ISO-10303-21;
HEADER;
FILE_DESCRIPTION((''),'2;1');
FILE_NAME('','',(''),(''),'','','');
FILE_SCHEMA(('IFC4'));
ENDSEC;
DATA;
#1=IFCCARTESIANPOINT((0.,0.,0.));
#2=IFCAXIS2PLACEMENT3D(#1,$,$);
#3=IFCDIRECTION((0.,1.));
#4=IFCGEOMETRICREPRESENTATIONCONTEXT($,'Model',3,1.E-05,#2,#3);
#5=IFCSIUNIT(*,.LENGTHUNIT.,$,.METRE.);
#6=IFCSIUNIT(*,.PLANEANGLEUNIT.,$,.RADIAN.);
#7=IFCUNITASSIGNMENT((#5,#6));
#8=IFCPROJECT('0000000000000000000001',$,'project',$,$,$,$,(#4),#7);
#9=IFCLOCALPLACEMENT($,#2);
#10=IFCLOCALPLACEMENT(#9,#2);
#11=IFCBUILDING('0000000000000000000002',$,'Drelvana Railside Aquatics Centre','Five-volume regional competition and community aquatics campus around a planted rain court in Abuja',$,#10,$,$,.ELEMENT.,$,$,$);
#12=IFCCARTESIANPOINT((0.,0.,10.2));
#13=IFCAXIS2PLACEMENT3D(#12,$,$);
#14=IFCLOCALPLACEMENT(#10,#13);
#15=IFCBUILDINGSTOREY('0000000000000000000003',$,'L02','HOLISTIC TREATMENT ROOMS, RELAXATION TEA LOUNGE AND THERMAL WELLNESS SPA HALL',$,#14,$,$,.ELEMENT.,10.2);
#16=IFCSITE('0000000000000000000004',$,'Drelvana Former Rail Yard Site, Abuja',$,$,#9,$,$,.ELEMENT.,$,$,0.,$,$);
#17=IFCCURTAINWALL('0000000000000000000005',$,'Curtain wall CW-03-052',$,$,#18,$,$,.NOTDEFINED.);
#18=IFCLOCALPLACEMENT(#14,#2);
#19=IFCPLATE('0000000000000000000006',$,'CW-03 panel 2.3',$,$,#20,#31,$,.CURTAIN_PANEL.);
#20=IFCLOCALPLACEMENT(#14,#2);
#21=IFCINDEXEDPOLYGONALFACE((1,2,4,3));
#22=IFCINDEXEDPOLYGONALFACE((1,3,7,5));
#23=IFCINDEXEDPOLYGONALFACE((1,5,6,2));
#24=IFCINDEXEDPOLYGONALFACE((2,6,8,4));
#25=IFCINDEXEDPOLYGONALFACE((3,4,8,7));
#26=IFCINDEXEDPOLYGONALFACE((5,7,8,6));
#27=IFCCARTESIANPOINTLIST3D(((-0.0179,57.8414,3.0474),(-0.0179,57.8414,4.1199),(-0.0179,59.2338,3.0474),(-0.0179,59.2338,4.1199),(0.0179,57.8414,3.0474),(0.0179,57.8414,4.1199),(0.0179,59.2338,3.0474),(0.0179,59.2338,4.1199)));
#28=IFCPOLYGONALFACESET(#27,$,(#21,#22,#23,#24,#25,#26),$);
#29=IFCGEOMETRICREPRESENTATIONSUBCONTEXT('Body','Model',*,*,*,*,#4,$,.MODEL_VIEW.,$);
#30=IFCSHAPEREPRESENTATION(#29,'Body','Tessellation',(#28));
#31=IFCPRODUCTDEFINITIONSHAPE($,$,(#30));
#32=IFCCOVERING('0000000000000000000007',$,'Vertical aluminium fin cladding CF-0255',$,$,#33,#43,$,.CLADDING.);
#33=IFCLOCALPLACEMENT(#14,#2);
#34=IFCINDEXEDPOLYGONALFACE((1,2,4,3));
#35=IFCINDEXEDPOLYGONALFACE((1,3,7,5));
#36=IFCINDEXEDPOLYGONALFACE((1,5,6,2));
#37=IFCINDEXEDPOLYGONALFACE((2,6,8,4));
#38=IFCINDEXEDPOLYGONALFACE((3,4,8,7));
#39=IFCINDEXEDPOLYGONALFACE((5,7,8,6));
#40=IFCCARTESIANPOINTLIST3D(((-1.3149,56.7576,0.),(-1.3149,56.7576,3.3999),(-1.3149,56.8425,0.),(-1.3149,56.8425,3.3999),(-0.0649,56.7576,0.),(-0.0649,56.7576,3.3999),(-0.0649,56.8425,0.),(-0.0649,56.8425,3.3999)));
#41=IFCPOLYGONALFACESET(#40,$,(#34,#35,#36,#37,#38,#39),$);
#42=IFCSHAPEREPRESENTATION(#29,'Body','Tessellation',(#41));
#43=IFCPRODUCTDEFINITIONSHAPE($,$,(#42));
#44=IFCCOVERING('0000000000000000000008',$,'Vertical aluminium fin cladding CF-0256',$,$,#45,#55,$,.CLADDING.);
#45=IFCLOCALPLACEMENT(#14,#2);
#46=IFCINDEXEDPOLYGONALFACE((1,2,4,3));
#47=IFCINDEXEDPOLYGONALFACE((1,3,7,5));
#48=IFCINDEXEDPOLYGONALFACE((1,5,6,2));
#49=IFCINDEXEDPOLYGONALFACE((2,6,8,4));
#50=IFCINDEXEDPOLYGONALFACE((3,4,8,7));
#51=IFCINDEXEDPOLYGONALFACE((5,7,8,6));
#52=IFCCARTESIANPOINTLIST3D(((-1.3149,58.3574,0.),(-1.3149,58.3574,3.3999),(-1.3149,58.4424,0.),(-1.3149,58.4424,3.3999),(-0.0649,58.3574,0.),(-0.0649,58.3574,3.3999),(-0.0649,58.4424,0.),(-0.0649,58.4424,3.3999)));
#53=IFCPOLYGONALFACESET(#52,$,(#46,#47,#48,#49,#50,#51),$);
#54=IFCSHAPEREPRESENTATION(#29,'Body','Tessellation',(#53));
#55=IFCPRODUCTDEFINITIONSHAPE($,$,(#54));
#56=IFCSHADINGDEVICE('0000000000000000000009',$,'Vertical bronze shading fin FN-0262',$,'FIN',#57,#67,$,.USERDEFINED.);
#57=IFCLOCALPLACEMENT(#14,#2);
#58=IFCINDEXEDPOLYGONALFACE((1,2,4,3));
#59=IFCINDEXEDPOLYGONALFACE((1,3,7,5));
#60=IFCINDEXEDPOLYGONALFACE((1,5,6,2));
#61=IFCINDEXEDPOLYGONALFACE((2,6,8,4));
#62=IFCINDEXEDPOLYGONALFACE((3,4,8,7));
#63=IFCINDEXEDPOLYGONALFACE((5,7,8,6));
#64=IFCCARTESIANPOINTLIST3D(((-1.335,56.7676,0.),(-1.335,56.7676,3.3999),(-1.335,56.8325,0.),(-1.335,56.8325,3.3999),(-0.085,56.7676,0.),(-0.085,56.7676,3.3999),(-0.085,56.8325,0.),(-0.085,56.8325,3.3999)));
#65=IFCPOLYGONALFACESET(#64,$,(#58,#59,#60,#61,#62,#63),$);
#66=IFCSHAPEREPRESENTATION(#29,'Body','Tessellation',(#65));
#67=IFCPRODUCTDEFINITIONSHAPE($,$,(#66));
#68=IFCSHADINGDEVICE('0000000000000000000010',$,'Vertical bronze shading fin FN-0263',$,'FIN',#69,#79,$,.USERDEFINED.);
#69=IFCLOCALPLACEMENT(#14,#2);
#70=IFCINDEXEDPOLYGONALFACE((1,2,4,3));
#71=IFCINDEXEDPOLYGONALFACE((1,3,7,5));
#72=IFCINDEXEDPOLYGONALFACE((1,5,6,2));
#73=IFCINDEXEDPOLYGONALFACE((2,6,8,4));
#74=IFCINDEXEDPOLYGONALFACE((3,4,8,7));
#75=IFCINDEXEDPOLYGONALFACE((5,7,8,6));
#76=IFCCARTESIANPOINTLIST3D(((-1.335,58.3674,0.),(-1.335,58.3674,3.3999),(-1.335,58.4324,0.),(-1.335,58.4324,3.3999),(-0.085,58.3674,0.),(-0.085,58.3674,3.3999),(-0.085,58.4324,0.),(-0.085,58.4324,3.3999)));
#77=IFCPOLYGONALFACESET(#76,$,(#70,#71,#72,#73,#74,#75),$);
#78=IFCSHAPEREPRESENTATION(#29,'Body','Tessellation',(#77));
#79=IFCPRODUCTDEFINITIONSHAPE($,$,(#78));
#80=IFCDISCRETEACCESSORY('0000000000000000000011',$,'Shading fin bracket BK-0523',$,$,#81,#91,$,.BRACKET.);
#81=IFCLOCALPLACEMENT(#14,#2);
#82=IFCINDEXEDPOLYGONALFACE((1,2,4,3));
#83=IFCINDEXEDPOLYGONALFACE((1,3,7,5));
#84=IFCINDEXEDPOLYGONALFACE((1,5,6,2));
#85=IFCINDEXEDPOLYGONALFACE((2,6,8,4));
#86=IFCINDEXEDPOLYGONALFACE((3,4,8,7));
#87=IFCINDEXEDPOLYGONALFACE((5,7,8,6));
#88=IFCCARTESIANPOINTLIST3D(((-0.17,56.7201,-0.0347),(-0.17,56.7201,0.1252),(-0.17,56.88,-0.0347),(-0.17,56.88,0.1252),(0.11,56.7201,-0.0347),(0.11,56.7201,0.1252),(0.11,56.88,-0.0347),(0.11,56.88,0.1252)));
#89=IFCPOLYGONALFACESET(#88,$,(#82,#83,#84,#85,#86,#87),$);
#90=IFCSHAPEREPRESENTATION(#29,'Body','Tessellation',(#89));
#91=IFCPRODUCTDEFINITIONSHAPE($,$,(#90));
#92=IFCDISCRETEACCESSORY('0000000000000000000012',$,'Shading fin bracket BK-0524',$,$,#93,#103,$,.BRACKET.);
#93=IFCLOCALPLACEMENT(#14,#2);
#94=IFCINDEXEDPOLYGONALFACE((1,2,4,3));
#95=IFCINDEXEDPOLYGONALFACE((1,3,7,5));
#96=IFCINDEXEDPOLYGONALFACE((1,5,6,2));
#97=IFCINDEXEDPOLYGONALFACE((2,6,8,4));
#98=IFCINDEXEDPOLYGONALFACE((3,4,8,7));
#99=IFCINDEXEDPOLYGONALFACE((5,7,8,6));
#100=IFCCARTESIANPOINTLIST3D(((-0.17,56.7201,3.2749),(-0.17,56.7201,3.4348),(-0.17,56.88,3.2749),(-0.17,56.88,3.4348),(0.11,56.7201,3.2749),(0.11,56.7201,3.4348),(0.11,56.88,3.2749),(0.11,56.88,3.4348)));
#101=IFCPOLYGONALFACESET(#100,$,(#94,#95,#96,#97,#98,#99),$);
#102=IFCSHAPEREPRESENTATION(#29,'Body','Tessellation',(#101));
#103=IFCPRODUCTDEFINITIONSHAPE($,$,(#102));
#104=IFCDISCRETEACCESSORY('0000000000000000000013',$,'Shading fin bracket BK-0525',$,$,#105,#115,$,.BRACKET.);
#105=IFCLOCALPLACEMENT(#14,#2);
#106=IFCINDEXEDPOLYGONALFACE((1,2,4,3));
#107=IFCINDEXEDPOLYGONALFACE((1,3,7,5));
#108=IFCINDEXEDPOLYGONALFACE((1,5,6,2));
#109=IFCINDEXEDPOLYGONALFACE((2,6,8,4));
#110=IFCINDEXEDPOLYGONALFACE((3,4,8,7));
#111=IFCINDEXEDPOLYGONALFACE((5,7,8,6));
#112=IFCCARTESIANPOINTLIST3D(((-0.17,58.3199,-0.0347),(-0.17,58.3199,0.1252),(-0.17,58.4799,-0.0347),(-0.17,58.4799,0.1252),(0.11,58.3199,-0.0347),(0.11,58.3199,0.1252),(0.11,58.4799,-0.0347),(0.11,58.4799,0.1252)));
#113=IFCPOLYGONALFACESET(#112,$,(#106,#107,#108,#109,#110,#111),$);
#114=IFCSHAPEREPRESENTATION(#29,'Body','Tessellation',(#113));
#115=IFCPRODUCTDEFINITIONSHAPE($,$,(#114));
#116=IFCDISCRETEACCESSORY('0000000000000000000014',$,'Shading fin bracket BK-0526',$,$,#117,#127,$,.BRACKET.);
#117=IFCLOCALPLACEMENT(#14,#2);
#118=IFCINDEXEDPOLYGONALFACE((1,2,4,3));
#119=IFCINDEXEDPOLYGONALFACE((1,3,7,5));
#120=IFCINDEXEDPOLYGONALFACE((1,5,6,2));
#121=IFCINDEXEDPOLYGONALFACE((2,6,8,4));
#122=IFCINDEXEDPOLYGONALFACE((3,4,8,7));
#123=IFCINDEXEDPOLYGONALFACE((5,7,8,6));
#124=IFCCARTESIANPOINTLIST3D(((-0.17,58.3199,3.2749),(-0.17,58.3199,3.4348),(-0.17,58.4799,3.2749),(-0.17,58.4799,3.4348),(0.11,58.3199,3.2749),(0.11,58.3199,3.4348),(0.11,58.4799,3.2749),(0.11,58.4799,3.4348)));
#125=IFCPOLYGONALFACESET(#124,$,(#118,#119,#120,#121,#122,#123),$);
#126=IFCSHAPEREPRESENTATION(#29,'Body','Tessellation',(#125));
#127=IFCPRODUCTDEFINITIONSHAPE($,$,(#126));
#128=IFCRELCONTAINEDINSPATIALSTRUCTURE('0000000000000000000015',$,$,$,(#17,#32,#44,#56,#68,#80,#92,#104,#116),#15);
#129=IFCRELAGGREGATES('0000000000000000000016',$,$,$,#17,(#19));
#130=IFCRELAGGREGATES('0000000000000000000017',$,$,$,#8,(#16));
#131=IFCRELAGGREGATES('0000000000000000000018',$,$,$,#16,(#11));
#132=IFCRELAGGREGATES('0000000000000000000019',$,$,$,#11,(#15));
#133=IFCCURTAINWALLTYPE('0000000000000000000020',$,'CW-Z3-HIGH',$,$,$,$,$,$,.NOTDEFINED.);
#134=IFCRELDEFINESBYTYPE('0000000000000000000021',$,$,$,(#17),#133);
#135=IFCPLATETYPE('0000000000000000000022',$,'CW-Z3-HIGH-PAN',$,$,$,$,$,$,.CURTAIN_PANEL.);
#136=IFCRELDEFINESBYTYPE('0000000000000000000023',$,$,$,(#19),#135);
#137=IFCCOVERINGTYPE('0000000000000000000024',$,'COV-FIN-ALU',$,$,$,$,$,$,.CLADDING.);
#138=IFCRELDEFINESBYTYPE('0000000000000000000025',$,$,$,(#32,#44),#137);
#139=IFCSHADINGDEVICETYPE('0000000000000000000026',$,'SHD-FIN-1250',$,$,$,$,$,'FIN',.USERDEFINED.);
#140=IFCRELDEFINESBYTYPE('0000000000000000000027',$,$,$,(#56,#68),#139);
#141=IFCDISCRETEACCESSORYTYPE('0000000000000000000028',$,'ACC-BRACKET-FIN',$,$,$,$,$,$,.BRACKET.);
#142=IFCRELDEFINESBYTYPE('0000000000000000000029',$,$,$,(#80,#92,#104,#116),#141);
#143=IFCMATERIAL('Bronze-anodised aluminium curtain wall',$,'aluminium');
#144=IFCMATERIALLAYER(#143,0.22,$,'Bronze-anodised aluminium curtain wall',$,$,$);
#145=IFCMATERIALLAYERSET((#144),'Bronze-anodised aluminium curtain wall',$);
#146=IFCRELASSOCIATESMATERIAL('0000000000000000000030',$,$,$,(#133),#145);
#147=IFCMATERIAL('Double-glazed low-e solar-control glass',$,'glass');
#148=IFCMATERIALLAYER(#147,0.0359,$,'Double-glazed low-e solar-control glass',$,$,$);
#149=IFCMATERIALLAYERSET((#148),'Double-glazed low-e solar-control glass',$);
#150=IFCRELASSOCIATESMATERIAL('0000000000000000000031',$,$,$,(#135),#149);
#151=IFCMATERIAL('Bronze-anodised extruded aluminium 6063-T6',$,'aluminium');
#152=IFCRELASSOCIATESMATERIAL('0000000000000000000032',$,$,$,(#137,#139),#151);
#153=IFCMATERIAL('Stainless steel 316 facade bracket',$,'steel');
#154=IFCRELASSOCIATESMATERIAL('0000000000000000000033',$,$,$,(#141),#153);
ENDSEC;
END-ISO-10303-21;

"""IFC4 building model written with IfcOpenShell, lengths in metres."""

from ifc_helpers import new_model, si_unit, direction, frame, origin, origin_2d, place, context, subcontext, project, spatial, rectangle, extrude, material, layer, layer_set, type_object, element, aggregate, save


model = new_model("IFC4")

# Units and contexts
model_context = context("Model", 3, precision=1e-05, world=origin(), true_north=direction((0.0, 1.0)))
body_context = subcontext(model_context, "Body", "Model", "MODEL_VIEW")
ifc_project = project(units=[si_unit("LENGTHUNIT", "METRE"), si_unit("PLANEANGLEUNIT", "RADIAN")], contexts=[model_context])

# Site, building, storey
site_placement = place(None, origin())
site = spatial("IfcSite", under=ifc_project, at=site_placement, Name="Drelvana Former Rail Yard Site, Abuja", CompositionType="ELEMENT", RefElevation=0.0)
building_placement = place(site_placement, origin())
building = spatial("IfcBuilding", under=site, at=building_placement, Name="Drelvana Railside Aquatics Centre", Description="Five-volume regional competition and community aquatics campus around a planted rain court in Abuja", CompositionType="ELEMENT")
storey_placement = place(building_placement, frame((0.0, 0.0, 10.2)))
storey = spatial("IfcBuildingStorey", under=building, at=storey_placement, Name="L02", Description="HOLISTIC TREATMENT ROOMS, RELAXATION TEA LOUNGE AND THERMAL WELLNESS SPA HALL", CompositionType="ELEMENT", Elevation=10.2)

# Curtain wall, plate
ifc_material_1 = material(Name="Bronze-anodised aluminium curtain wall", Category="aluminium")
ifc_layer_1 = layer(ifc_material_1, 0.22, Name="Bronze-anodised aluminium curtain wall")
ifc_layer_set_1 = layer_set([ifc_layer_1], Name="Bronze-anodised aluminium curtain wall")
curtain_wall_type = type_object("IfcCurtainWallType", Name="CW-Z3-HIGH", PredefinedType="NOTDEFINED", material=ifc_layer_set_1)
curtain_wall_placement = place(storey_placement, origin())
curtain_wall = element("IfcCurtainWall", 1, at=curtain_wall_placement, inside=storey, type_object=curtain_wall_type, Name="Curtain wall CW-03-052", PredefinedType="NOTDEFINED")
ifc_material_2 = material(Name="Double-glazed low-e solar-control glass", Category="glass")
ifc_layer_2 = layer(ifc_material_2, 0.0359, Name="Double-glazed low-e solar-control glass")
ifc_layer_set_2 = layer_set([ifc_layer_2], Name="Double-glazed low-e solar-control glass")
plate_type = type_object("IfcPlateType", Name="CW-Z3-HIGH-PAN", PredefinedType="CURTAIN_PANEL", material=ifc_layer_set_2)
plate_1_placement = place(storey_placement, frame((0.0, 58.5376, 3.0474), z_axis=(0.0, 0.0, 1.0), x_axis=(0.0, 1.0, 0.0)))
plate_1 = element("IfcPlate", 2, at=plate_1_placement, type_object=plate_type, Name="CW-03 panel 2.3", PredefinedType="CURTAIN_PANEL", context=body_context, shape_type="SweptSolid", body=[
    extrude(rectangle(XDim=1.3923, YDim=0.0359, at=origin_2d()), origin(), (0.0, 0.0, 1.0), 1.0725),
])
aggregate(curtain_wall, [plate_1])

# Coverings
ifc_material_3 = material(Name="Bronze-anodised extruded aluminium 6063-T6", Category="aluminium")
covering_type = type_object("IfcCoveringType", Name="COV-FIN-ALU", PredefinedType="CLADDING", material=ifc_material_3)
for number, where, z_axis, x_axis, name in (
    (3, (-0.6899, 56.8, 0.0), (0.0, 0.0, 1.0), (0.0, 1.0, 0.0), "Vertical aluminium fin cladding CF-0255"),
    (4, (-0.6899, 58.3999, 0.0), (0.0, 0.0, 1.0), (0.0, 1.0, 0.0), "Vertical aluminium fin cladding CF-0256"),
):
    element("IfcCovering", number, at=place(storey_placement, frame(where, z_axis=z_axis, x_axis=x_axis)), inside=storey, type_object=covering_type, Name=name, PredefinedType="CLADDING", context=body_context, shape_type="SweptSolid", body=[
        extrude(rectangle(XDim=0.085, YDim=1.25, at=origin_2d()), origin(), (0.0, 0.0, 1.0), 3.3999),
    ])

# Shading devices
shading_device_type = type_object("IfcShadingDeviceType", Name="SHD-FIN-1250", ElementType="FIN", PredefinedType="USERDEFINED", material=ifc_material_3)
for number, where, z_axis, x_axis, name in (
    (5, (-0.71, 56.8, 0.0), (0.0, 0.0, 1.0), (-1.0, 0.0, 0.0), "Vertical bronze shading fin FN-0262"),
    (6, (-0.71, 58.3999, 0.0), (0.0, 0.0, 1.0), (-1.0, 0.0, 0.0), "Vertical bronze shading fin FN-0263"),
):
    element("IfcShadingDevice", number, at=place(storey_placement, frame(where, z_axis=z_axis, x_axis=x_axis)), inside=storey, type_object=shading_device_type, Name=name, ObjectType="FIN", PredefinedType="USERDEFINED", context=body_context, shape_type="SweptSolid", body=[
        extrude(rectangle(XDim=1.25, YDim=0.0649, at=origin_2d()), origin(), (0.0, 0.0, 1.0), 3.3999),
    ])

# Discrete accessories
ifc_material_4 = material(Name="Stainless steel 316 facade bracket", Category="steel")
discrete_accessory_type = type_object("IfcDiscreteAccessoryType", Name="ACC-BRACKET-FIN", PredefinedType="BRACKET", material=ifc_material_4)
for number, where, z_axis, x_axis, name in (
    (7, (-0.03, 56.8, -0.0347), (0.0, 0.0, 1.0), (-1.0, 0.0, 0.0), "Shading fin bracket BK-0523"),
    (8, (-0.03, 56.8, 3.2749), (0.0, 0.0, 1.0), (-1.0, 0.0, 0.0), "Shading fin bracket BK-0524"),
    (9, (-0.03, 58.3999, -0.0347), (0.0, 0.0, 1.0), (-1.0, 0.0, 0.0), "Shading fin bracket BK-0525"),
    (10, (-0.03, 58.3999, 3.2749), (0.0, 0.0, 1.0), (-1.0, 0.0, 0.0), "Shading fin bracket BK-0526"),
):
    element("IfcDiscreteAccessory", number, at=place(storey_placement, frame(where, z_axis=z_axis, x_axis=x_axis)), inside=storey, type_object=discrete_accessory_type, Name=name, PredefinedType="BRACKET", context=body_context, shape_type="SweptSolid", body=[
        extrude(rectangle(XDim=0.28, YDim=0.1599, at=origin_2d()), origin(), (0.0, 0.0, 1.0), 0.1599),
    ])

save(model, "model.ifc")
